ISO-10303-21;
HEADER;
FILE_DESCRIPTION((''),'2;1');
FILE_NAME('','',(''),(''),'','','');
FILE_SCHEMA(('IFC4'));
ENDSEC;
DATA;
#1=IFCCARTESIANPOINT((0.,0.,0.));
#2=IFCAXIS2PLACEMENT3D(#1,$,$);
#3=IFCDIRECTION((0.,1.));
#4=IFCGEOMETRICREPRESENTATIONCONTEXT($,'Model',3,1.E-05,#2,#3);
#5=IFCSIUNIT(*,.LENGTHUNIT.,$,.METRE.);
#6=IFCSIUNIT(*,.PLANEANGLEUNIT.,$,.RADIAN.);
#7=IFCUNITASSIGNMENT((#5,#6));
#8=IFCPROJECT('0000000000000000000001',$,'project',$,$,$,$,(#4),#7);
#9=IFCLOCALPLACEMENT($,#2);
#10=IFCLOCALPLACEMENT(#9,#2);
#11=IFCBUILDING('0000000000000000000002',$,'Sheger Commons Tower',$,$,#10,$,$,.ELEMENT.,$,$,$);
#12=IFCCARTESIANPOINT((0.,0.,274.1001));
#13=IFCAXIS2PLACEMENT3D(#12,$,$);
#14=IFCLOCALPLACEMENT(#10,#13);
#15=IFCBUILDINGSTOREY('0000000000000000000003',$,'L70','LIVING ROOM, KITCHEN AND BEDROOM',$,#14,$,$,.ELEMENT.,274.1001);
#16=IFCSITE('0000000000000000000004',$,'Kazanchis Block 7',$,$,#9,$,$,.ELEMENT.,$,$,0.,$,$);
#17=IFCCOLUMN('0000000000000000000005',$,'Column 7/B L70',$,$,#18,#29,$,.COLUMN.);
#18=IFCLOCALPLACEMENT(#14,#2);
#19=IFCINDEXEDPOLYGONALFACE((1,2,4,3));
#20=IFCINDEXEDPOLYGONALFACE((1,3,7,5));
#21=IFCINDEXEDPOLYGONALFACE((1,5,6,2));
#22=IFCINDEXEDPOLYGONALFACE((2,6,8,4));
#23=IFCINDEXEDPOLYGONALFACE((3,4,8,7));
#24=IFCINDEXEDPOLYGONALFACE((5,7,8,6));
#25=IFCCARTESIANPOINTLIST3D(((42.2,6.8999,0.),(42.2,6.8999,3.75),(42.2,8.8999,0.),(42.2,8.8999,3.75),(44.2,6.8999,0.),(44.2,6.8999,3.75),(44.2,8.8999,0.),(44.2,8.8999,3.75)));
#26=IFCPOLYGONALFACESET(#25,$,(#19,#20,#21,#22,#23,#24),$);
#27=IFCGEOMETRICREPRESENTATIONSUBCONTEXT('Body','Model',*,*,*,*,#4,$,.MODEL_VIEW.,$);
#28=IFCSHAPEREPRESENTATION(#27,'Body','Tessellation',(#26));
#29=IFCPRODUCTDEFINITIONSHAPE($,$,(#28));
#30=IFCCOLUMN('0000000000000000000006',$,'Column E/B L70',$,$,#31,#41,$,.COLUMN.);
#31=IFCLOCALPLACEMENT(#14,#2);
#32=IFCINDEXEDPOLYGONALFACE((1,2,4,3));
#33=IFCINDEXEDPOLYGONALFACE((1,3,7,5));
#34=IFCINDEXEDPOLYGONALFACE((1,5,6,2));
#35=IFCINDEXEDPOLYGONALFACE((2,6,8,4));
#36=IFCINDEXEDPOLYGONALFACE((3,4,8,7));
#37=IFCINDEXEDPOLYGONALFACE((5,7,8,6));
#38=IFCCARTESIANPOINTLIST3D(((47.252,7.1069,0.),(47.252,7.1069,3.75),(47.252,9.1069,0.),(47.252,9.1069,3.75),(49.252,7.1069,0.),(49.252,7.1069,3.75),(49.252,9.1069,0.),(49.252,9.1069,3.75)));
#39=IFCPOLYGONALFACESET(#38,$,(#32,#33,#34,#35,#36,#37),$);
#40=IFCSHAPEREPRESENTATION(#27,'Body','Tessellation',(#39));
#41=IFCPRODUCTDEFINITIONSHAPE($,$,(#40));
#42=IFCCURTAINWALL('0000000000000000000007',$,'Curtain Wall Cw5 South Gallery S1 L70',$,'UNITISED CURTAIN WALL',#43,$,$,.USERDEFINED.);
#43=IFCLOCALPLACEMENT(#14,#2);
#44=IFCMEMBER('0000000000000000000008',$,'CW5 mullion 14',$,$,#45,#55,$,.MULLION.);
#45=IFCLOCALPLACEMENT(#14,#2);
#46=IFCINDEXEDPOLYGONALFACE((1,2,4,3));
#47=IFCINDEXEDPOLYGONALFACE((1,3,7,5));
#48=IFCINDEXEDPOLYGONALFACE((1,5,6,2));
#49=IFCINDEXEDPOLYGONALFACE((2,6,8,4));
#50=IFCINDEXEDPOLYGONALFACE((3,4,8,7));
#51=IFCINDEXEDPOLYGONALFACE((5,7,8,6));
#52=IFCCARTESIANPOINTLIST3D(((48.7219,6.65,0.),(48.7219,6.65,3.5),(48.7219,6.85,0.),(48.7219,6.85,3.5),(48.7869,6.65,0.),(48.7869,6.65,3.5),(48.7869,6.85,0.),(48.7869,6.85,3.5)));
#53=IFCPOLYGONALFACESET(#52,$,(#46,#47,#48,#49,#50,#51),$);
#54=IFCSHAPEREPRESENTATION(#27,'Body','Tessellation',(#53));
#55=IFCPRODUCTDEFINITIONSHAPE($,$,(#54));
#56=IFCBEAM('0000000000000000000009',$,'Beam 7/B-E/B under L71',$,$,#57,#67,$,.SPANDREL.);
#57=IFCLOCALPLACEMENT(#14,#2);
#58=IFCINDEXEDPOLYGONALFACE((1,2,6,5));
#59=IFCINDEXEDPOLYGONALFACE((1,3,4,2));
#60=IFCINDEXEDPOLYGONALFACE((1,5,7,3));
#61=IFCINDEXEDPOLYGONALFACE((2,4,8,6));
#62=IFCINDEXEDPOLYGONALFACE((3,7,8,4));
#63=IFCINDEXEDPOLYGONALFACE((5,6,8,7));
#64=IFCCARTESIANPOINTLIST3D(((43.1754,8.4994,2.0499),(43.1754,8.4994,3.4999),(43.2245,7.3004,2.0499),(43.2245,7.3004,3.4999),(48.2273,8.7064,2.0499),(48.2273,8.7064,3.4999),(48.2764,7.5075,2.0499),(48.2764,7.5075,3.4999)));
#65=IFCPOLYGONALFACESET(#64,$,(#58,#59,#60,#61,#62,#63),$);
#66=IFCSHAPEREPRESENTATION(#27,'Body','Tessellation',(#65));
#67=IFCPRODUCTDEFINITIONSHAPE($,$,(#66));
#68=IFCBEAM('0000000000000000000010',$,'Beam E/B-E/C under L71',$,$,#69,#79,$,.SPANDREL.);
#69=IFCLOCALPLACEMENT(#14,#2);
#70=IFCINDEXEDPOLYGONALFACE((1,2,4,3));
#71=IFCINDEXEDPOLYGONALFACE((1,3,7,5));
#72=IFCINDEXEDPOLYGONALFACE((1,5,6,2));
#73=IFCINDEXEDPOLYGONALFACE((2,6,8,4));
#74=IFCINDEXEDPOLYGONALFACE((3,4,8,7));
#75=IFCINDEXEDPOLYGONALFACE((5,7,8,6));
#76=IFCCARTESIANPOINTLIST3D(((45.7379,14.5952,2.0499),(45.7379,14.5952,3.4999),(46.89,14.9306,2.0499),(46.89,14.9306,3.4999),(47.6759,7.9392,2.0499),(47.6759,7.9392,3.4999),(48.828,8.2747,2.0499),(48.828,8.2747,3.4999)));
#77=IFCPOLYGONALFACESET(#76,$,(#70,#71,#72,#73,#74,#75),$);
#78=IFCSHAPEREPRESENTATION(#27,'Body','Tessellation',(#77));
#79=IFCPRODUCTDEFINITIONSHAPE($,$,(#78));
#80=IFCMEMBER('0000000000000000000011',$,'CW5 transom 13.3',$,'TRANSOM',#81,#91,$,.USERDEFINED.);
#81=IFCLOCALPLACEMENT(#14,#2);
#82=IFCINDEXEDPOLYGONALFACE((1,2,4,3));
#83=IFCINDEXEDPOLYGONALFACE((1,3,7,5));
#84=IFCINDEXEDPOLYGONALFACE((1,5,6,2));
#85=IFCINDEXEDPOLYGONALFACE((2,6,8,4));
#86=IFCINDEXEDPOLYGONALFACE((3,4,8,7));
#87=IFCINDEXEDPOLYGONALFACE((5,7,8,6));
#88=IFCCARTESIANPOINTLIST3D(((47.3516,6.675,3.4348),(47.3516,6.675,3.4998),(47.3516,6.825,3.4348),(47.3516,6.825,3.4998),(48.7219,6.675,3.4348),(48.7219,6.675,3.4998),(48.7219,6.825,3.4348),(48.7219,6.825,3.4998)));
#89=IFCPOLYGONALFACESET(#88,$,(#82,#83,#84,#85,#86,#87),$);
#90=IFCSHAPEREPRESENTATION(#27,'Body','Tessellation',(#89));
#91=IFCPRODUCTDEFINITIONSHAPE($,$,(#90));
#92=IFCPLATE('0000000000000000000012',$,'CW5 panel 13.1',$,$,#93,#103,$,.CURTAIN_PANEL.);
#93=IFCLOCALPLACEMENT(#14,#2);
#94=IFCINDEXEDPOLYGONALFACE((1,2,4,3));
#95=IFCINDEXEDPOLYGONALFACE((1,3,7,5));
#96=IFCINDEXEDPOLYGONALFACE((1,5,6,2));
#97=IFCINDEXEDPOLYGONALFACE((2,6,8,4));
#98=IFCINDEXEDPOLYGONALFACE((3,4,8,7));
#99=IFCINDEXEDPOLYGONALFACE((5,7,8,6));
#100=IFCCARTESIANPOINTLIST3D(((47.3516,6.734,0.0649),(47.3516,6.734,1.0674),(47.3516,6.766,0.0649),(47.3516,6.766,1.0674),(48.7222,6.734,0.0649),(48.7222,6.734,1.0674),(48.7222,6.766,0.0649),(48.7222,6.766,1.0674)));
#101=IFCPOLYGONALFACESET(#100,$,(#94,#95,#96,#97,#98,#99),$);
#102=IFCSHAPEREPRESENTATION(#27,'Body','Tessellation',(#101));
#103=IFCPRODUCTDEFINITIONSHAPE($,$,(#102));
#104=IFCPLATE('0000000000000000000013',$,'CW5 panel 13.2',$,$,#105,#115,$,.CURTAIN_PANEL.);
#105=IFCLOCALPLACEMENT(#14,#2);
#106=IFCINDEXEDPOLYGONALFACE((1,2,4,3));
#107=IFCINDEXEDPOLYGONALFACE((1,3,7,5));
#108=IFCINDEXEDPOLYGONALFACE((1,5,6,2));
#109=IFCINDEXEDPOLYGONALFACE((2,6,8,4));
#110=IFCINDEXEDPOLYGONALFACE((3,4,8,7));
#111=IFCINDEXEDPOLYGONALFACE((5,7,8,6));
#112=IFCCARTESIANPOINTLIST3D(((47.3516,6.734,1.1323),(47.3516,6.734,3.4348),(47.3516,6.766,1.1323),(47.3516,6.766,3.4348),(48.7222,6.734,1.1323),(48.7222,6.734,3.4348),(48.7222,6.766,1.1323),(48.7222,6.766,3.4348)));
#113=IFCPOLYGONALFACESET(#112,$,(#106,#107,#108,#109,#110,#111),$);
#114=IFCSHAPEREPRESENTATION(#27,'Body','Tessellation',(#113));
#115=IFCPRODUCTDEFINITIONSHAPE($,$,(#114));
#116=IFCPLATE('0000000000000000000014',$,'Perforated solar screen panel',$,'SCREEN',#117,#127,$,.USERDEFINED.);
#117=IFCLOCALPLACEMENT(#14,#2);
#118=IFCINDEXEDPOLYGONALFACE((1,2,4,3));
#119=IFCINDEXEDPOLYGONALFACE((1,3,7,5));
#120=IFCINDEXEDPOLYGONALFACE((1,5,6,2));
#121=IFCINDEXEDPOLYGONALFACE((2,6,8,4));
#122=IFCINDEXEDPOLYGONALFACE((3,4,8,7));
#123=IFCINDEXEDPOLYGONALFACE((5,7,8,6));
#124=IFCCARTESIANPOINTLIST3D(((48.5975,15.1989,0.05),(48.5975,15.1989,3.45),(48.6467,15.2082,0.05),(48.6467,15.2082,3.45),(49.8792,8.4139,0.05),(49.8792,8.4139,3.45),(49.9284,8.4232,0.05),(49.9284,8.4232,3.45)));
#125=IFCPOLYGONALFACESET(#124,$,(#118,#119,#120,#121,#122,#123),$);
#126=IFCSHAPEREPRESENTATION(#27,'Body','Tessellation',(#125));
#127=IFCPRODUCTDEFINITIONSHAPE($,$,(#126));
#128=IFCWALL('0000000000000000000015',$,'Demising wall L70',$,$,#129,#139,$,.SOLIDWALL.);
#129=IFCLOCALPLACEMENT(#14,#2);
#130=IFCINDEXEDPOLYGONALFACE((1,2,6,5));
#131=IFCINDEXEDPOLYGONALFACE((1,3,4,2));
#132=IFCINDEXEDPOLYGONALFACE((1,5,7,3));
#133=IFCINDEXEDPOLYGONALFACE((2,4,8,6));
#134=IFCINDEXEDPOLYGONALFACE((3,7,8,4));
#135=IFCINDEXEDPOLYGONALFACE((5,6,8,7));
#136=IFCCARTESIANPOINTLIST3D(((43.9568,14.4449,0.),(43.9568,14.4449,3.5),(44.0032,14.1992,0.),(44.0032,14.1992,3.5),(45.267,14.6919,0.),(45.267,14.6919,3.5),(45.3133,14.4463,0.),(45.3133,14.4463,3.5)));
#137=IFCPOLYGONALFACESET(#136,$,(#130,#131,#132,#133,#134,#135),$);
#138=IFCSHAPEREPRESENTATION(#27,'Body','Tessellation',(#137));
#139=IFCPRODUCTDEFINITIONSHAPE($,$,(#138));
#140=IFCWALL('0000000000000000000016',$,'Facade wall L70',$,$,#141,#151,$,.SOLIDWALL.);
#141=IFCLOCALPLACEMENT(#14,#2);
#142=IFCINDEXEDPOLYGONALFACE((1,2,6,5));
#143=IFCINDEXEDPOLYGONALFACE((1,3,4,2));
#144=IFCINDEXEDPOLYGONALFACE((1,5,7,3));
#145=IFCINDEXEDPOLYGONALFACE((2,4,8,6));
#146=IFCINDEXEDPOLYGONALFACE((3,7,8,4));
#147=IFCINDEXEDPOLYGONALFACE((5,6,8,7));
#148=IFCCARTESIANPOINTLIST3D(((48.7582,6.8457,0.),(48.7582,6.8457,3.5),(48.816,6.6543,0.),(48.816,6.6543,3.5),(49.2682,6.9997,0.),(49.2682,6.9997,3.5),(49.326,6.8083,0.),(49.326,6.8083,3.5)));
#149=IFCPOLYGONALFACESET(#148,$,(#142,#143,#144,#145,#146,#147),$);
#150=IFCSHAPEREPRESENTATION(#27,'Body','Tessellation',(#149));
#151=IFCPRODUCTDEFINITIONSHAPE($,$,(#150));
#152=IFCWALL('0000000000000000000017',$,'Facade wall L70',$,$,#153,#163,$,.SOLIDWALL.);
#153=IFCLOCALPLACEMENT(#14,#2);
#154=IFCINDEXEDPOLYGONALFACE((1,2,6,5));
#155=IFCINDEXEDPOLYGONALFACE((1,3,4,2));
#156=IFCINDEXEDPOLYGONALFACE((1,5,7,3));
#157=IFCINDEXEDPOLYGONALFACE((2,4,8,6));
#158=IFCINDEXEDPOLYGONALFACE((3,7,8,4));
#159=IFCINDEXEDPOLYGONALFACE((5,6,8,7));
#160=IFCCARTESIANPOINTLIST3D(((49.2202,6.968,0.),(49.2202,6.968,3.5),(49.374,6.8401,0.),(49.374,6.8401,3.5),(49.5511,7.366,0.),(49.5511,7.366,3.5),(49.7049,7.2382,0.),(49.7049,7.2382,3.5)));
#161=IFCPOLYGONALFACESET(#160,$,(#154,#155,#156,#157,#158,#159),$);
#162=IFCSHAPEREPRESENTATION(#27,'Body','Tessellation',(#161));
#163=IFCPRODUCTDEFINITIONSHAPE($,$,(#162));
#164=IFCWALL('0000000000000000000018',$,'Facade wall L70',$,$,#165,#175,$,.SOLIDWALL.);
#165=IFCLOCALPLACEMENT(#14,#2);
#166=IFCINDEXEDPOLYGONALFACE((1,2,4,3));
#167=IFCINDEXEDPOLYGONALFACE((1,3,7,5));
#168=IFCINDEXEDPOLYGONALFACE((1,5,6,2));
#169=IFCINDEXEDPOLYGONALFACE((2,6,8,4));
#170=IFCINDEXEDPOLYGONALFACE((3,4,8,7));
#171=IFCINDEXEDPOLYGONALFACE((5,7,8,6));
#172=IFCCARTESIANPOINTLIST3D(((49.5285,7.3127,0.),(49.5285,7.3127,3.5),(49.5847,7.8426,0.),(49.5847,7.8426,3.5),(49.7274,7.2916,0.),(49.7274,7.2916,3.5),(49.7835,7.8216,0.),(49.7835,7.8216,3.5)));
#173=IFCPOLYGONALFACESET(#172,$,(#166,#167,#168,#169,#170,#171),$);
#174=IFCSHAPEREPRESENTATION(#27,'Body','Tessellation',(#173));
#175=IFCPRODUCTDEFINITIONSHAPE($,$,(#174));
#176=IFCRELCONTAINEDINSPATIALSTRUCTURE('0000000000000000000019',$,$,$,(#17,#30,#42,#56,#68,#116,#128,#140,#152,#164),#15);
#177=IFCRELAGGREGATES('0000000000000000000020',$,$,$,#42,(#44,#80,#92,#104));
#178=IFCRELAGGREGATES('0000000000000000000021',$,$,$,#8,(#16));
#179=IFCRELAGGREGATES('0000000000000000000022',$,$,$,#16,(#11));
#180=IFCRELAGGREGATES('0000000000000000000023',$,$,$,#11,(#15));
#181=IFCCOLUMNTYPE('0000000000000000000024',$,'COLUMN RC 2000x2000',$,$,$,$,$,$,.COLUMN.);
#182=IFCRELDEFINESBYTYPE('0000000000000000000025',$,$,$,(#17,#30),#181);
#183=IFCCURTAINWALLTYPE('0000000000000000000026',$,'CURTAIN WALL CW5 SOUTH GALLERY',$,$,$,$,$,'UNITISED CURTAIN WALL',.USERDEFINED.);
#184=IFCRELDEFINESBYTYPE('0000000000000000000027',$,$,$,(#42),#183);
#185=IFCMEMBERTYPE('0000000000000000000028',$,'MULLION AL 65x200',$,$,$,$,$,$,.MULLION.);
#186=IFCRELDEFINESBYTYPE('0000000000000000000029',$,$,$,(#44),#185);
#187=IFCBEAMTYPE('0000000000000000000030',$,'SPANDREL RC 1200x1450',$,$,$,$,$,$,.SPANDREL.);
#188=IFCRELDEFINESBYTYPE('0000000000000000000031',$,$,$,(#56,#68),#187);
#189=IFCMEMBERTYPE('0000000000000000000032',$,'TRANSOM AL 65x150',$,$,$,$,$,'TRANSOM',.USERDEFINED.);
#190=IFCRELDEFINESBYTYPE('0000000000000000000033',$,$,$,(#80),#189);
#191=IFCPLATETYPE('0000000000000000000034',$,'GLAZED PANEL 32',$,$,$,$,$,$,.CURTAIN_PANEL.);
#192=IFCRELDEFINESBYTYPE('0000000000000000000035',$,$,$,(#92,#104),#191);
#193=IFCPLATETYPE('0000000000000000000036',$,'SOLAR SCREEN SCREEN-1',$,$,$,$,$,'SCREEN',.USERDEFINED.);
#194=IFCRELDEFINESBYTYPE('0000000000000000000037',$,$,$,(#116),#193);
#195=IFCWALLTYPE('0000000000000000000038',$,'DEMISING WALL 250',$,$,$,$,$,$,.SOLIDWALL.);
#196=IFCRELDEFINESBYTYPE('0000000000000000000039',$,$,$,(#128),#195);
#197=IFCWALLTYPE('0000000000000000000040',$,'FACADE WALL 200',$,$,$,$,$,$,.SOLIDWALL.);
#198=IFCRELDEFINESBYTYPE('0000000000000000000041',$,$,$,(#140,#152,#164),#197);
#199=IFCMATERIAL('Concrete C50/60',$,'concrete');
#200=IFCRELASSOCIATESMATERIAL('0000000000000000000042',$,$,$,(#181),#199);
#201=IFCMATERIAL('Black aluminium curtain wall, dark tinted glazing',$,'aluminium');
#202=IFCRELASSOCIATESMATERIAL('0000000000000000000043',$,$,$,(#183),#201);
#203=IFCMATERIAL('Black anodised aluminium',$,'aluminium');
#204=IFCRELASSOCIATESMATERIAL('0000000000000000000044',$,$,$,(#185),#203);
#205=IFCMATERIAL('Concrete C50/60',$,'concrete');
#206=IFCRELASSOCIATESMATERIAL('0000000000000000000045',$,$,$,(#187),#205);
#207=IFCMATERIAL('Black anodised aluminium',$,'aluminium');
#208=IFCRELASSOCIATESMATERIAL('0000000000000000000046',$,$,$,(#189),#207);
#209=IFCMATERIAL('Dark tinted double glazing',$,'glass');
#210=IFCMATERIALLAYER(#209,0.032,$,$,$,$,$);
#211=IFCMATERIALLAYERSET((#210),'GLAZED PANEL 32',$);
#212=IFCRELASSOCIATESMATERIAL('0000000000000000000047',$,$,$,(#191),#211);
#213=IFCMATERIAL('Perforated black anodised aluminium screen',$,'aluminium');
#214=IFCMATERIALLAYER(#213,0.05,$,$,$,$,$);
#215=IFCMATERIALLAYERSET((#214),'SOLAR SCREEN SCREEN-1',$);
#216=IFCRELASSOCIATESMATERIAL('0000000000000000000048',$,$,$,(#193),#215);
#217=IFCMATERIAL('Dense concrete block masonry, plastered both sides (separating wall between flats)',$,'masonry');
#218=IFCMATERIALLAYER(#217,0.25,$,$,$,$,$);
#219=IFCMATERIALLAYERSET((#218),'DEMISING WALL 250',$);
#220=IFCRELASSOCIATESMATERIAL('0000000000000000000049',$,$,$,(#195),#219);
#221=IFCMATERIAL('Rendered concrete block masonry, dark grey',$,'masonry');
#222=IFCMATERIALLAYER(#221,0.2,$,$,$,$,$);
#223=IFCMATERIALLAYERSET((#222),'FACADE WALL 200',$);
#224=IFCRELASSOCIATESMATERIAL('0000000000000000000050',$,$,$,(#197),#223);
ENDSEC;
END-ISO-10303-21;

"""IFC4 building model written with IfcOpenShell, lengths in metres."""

from ifc_helpers import new_model, si_unit, direction, frame, frame_2d, origin, origin_2d, place, context, subcontext, project, spatial, rectangle, extrude, material, layer, layer_set, material_profile, profile_set, type_object, element, aggregate, save


model = new_model("IFC4")

# Units and contexts
model_context = context("Model", 3, precision=1e-05, world=origin(), true_north=direction((0.0, 1.0)))
body_context = subcontext(model_context, "Body", "Model", "MODEL_VIEW")
ifc_project = project(units=[si_unit("LENGTHUNIT", "METRE"), si_unit("PLANEANGLEUNIT", "RADIAN")], contexts=[model_context])

# Site, building, storey
site_placement = place(None, origin())
site = spatial("IfcSite", under=ifc_project, at=site_placement, Name="Kazanchis Block 7", CompositionType="ELEMENT", RefElevation=0.0)
building_placement = place(site_placement, origin())
building = spatial("IfcBuilding", under=site, at=building_placement, Name="Sheger Commons Tower", CompositionType="ELEMENT")
storey_placement = place(building_placement, frame((0.0, 0.0, 274.1001)))
storey = spatial("IfcBuildingStorey", under=building, at=storey_placement, Name="L70", Description="LIVING ROOM, KITCHEN AND BEDROOM", CompositionType="ELEMENT", Elevation=274.1001)

# Columns
ifc_material_1 = material(Name="Concrete C50/60", Category="concrete")
ifc_material_profile_1 = material_profile(ifc_material_1, rectangle(XDim=2.0, YDim=2.0, at=origin_2d()), Name="RC 2000x2000")
ifc_profile_set_1 = profile_set([ifc_material_profile_1], Name="Concrete C50/60")
column_type = type_object("IfcColumnType", Name="COLUMN RC 2000x2000", PredefinedType="COLUMN", material=ifc_profile_set_1)
for number, where, z_axis, x_axis, name in (
    (1, (43.2, 7.8999, 0.0), (0.0, 0.0, 1.0), (1.0, 0.0, 0.0), "Column 7/B L70"),
    (2, (48.252, 8.1069, 0.0), (0.0, 0.0, 1.0), (1.0, 0.0, 0.0), "Column E/B L70"),
):
    element("IfcColumn", number, at=place(storey_placement, frame(where, z_axis=z_axis, x_axis=x_axis)), inside=storey, type_object=column_type, Name=name, PredefinedType="COLUMN", context=body_context, shape_type="SweptSolid", body=[
        extrude(rectangle(XDim=2.0, YDim=2.0, at=origin_2d()), origin(), (0.0, 0.0, 1.0), 3.75),
    ])

# Curtain wall, member
ifc_material_2 = material(Name="Black aluminium curtain wall, dark tinted glazing", Category="aluminium")
curtain_wall_type = type_object("IfcCurtainWallType", Name="CURTAIN WALL CW5 SOUTH GALLERY", ElementType="UNITISED CURTAIN WALL", PredefinedType="USERDEFINED", material=ifc_material_2)
curtain_wall_placement = place(storey_placement, origin())
curtain_wall = element("IfcCurtainWall", 3, at=curtain_wall_placement, inside=storey, type_object=curtain_wall_type, Name="Curtain Wall Cw5 South Gallery S1 L70", ObjectType="UNITISED CURTAIN WALL", PredefinedType="USERDEFINED")
ifc_material_3 = material(Name="Black anodised aluminium", Category="aluminium")
ifc_material_profile_2 = material_profile(ifc_material_3, rectangle(XDim=0.2, YDim=0.0649, at=origin_2d()), Name="AL 65x200")
ifc_profile_set_2 = profile_set([ifc_material_profile_2], Name="Black anodised aluminium")
member_type_1 = type_object("IfcMemberType", Name="MULLION AL 65x200", PredefinedType="MULLION", material=ifc_profile_set_2)
member_1_placement = place(storey_placement, frame((48.7544, 6.75, 0.0), z_axis=(0.0, 0.0, 1.0), x_axis=(0.0, 1.0, 0.0)))
member_1 = element("IfcMember", 4, at=member_1_placement, type_object=member_type_1, Name="CW5 mullion 14", PredefinedType="MULLION", context=body_context, shape_type="SweptSolid", body=[
    extrude(rectangle(XDim=0.2, YDim=0.0649, at=origin_2d()), origin(), (0.0, 0.0, 1.0), 3.5),
])

# Beams
ifc_material_4 = material(Name="Concrete C50/60", Category="concrete")
ifc_material_profile_3 = material_profile(ifc_material_4, rectangle(XDim=1.2, YDim=1.45, at=origin_2d()), Name="RC 1200x1450")
ifc_profile_set_3 = profile_set([ifc_material_profile_3], Name="Concrete C50/60")
beam_type = type_object("IfcBeamType", Name="SPANDREL RC 1200x1450", PredefinedType="SPANDREL", material=ifc_profile_set_3)
beam_1_placement = place(storey_placement, frame((43.2, 7.8999, 2.7749), z_axis=(0.999161, 0.040946, 0.0), x_axis=(-0.040946, 0.999161, 0.0)))
element("IfcBeam", 5, at=beam_1_placement, inside=storey, type_object=beam_type, Name="Beam 7/B-E/B under L71", PredefinedType="SPANDREL", context=body_context, shape_type="SweptSolid", body=[
    extrude(rectangle(XDim=1.2, YDim=1.45, at=origin_2d()), origin(), (0.0, 0.0, 1.0), 5.0562),
])
beam_2_placement = place(storey_placement, frame((48.252, 8.1069, 2.7749), z_axis=(-0.279555, 0.96013, 0.0), x_axis=(-0.96013, -0.279555, 0.0)))
element("IfcBeam", 6, at=beam_2_placement, inside=storey, type_object=beam_type, Name="Beam E/B-E/C under L71", PredefinedType="SPANDREL", context=body_context, shape_type="SweptSolid", body=[
    extrude(rectangle(XDim=1.2, YDim=1.45, at=origin_2d()), origin(), (0.0, 0.0, 1.0), 6.9324),
])

# Member
ifc_material_5 = material(Name="Black anodised aluminium", Category="aluminium")
ifc_material_profile_4 = material_profile(ifc_material_5, rectangle(XDim=0.1499, YDim=0.0649, at=origin_2d()), Name="AL 65x150")
ifc_profile_set_4 = profile_set([ifc_material_profile_4], Name="Black anodised aluminium")
member_type_2 = type_object("IfcMemberType", Name="TRANSOM AL 65x150", ElementType="TRANSOM", PredefinedType="USERDEFINED", material=ifc_profile_set_4)
member_2_placement = place(storey_placement, frame((47.3516, 6.75, 3.4673), z_axis=(1.0, 0.0, 0.0), x_axis=(0.0, 1.0, 0.0)))
member_2 = element("IfcMember", 7, at=member_2_placement, type_object=member_type_2, Name="CW5 transom 13.3", ObjectType="TRANSOM", PredefinedType="USERDEFINED", context=body_context, shape_type="SweptSolid", body=[
    extrude(rectangle(XDim=0.1499, YDim=0.0649, at=origin_2d()), origin(), (0.0, 0.0, 1.0), 1.3704),
])

# Plates
ifc_material_6 = material(Name="Dark tinted double glazing", Category="glass")
ifc_layer_1 = layer(ifc_material_6, 0.032)
ifc_layer_set_1 = layer_set([ifc_layer_1], Name="GLAZED PANEL 32")
plate_type_1 = type_object("IfcPlateType", Name="GLAZED PANEL 32", PredefinedType="CURTAIN_PANEL", material=ifc_layer_set_1)
plate_1_placement = place(storey_placement, frame((48.0369, 6.75, 0.0649), z_axis=(0.0, 0.0, 1.0), x_axis=(1.0, 0.0, 0.0)))
plate_1 = element("IfcPlate", 8, at=plate_1_placement, type_object=plate_type_1, Name="CW5 panel 13.1", PredefinedType="CURTAIN_PANEL", context=body_context, shape_type="SweptSolid", body=[
    extrude(rectangle(XDim=1.3706, YDim=0.032, at=origin_2d()), origin(), (0.0, 0.0, 1.0), 1.0024),
])
plate_2_placement = place(storey_placement, frame((48.0369, 6.75, 1.1323), z_axis=(0.0, 0.0, 1.0), x_axis=(1.0, 0.0, 0.0)))
plate_2 = element("IfcPlate", 9, at=plate_2_placement, type_object=plate_type_1, Name="CW5 panel 13.2", PredefinedType="CURTAIN_PANEL", context=body_context, shape_type="SweptSolid", body=[
    extrude(rectangle(XDim=1.3706, YDim=0.032, at=origin_2d()), origin(), (0.0, 0.0, 1.0), 2.3025),
])
aggregate(curtain_wall, [member_1, member_2, plate_1, plate_2])
ifc_material_7 = material(Name="Perforated black anodised aluminium screen", Category="aluminium")
ifc_layer_2 = layer(ifc_material_7, 0.05)
ifc_layer_set_2 = layer_set([ifc_layer_2], Name="SOLAR SCREEN SCREEN-1")
plate_type_2 = type_object("IfcPlateType", Name="SOLAR SCREEN SCREEN-1", ElementType="SCREEN", PredefinedType="USERDEFINED", material=ifc_layer_set_2)
plate_3_placement = place(storey_placement, frame((49.2629, 11.811, 0.05), z_axis=(0.0, 0.0, 1.0), x_axis=(-0.185615, 0.982623, 0.0)))
element("IfcPlate", 10, at=plate_3_placement, inside=storey, type_object=plate_type_2, Name="Perforated solar screen panel", ObjectType="SCREEN", PredefinedType="USERDEFINED", context=body_context, shape_type="SweptSolid", body=[
    extrude(rectangle(XDim=6.905, YDim=0.05, at=origin_2d()), origin(), (0.0, 0.0, 1.0), 3.3999),
])

# Walls
ifc_material_8 = material(Name="Dense concrete block masonry, plastered both sides (separating wall between flats)", Category="masonry")
ifc_layer_3 = layer(ifc_material_8, 0.25)
ifc_layer_set_3 = layer_set([ifc_layer_3], Name="DEMISING WALL 250")
wall_type_1 = type_object("IfcWallType", Name="DEMISING WALL 250", PredefinedType="SOLIDWALL", material=ifc_layer_set_3)
wall_1_placement = place(storey_placement, frame((45.29, 14.5691, 0.0), z_axis=(0.0, 0.0, 1.0), x_axis=(-0.982677, -0.185328, 0.0)))
element("IfcWall", 11, at=wall_1_placement, inside=storey, type_object=wall_type_1, Name="Demising wall L70", PredefinedType="SOLIDWALL", context=body_context, shape_type="SweptSolid", body=[
    extrude(rectangle(XDim=1.3333, YDim=0.25, at=frame_2d((0.6665, 0.0))), origin(), (0.0, 0.0, 1.0), 3.5),
])
ifc_material_9 = material(Name="Rendered concrete block masonry, dark grey", Category="masonry")
ifc_layer_4 = layer(ifc_material_9, 0.2)
ifc_layer_set_4 = layer_set([ifc_layer_4], Name="FACADE WALL 200")
wall_type_2 = type_object("IfcWallType", Name="FACADE WALL 200", PredefinedType="SOLIDWALL", material=ifc_layer_set_4)
wall_2_placement = place(storey_placement, frame((48.7871, 6.75, 0.0), z_axis=(0.0, 0.0, 1.0), x_axis=(0.957282, 0.289155, 0.0)))
element("IfcWall", 12, at=wall_2_placement, inside=storey, type_object=wall_type_2, Name="Facade wall L70", PredefinedType="SOLIDWALL", context=body_context, shape_type="SweptSolid", body=[
    extrude(rectangle(XDim=0.5327, YDim=0.2, at=frame_2d((0.2664, 0.0))), origin(), (0.0, 0.0, 1.0), 3.5),
])
wall_3_placement = place(storey_placement, frame((49.2971, 6.9041, 0.0), z_axis=(0.0, 0.0, 1.0), x_axis=(0.639256, 0.768994, 0.0)))
element("IfcWall", 13, at=wall_3_placement, inside=storey, type_object=wall_type_2, Name="Facade wall L70", PredefinedType="SOLIDWALL", context=body_context, shape_type="SweptSolid", body=[
    extrude(rectangle(XDim=0.5176, YDim=0.2, at=frame_2d((0.2588, 0.0))), origin(), (0.0, 0.0, 1.0), 3.5),
])
wall_4_placement = place(storey_placement, frame((49.6279, 7.302, 0.0), z_axis=(0.0, 0.0, 1.0), x_axis=(0.105352, 0.994435, 0.0)))
element("IfcWall", 14, at=wall_4_placement, inside=storey, type_object=wall_type_2, Name="Facade wall L70", PredefinedType="SOLIDWALL", context=body_context, shape_type="SweptSolid", body=[
    extrude(rectangle(XDim=0.533, YDim=0.2, at=frame_2d((0.2666, 0.0))), origin(), (0.0, 0.0, 1.0), 3.5),
])

save(model, "model.ifc")
